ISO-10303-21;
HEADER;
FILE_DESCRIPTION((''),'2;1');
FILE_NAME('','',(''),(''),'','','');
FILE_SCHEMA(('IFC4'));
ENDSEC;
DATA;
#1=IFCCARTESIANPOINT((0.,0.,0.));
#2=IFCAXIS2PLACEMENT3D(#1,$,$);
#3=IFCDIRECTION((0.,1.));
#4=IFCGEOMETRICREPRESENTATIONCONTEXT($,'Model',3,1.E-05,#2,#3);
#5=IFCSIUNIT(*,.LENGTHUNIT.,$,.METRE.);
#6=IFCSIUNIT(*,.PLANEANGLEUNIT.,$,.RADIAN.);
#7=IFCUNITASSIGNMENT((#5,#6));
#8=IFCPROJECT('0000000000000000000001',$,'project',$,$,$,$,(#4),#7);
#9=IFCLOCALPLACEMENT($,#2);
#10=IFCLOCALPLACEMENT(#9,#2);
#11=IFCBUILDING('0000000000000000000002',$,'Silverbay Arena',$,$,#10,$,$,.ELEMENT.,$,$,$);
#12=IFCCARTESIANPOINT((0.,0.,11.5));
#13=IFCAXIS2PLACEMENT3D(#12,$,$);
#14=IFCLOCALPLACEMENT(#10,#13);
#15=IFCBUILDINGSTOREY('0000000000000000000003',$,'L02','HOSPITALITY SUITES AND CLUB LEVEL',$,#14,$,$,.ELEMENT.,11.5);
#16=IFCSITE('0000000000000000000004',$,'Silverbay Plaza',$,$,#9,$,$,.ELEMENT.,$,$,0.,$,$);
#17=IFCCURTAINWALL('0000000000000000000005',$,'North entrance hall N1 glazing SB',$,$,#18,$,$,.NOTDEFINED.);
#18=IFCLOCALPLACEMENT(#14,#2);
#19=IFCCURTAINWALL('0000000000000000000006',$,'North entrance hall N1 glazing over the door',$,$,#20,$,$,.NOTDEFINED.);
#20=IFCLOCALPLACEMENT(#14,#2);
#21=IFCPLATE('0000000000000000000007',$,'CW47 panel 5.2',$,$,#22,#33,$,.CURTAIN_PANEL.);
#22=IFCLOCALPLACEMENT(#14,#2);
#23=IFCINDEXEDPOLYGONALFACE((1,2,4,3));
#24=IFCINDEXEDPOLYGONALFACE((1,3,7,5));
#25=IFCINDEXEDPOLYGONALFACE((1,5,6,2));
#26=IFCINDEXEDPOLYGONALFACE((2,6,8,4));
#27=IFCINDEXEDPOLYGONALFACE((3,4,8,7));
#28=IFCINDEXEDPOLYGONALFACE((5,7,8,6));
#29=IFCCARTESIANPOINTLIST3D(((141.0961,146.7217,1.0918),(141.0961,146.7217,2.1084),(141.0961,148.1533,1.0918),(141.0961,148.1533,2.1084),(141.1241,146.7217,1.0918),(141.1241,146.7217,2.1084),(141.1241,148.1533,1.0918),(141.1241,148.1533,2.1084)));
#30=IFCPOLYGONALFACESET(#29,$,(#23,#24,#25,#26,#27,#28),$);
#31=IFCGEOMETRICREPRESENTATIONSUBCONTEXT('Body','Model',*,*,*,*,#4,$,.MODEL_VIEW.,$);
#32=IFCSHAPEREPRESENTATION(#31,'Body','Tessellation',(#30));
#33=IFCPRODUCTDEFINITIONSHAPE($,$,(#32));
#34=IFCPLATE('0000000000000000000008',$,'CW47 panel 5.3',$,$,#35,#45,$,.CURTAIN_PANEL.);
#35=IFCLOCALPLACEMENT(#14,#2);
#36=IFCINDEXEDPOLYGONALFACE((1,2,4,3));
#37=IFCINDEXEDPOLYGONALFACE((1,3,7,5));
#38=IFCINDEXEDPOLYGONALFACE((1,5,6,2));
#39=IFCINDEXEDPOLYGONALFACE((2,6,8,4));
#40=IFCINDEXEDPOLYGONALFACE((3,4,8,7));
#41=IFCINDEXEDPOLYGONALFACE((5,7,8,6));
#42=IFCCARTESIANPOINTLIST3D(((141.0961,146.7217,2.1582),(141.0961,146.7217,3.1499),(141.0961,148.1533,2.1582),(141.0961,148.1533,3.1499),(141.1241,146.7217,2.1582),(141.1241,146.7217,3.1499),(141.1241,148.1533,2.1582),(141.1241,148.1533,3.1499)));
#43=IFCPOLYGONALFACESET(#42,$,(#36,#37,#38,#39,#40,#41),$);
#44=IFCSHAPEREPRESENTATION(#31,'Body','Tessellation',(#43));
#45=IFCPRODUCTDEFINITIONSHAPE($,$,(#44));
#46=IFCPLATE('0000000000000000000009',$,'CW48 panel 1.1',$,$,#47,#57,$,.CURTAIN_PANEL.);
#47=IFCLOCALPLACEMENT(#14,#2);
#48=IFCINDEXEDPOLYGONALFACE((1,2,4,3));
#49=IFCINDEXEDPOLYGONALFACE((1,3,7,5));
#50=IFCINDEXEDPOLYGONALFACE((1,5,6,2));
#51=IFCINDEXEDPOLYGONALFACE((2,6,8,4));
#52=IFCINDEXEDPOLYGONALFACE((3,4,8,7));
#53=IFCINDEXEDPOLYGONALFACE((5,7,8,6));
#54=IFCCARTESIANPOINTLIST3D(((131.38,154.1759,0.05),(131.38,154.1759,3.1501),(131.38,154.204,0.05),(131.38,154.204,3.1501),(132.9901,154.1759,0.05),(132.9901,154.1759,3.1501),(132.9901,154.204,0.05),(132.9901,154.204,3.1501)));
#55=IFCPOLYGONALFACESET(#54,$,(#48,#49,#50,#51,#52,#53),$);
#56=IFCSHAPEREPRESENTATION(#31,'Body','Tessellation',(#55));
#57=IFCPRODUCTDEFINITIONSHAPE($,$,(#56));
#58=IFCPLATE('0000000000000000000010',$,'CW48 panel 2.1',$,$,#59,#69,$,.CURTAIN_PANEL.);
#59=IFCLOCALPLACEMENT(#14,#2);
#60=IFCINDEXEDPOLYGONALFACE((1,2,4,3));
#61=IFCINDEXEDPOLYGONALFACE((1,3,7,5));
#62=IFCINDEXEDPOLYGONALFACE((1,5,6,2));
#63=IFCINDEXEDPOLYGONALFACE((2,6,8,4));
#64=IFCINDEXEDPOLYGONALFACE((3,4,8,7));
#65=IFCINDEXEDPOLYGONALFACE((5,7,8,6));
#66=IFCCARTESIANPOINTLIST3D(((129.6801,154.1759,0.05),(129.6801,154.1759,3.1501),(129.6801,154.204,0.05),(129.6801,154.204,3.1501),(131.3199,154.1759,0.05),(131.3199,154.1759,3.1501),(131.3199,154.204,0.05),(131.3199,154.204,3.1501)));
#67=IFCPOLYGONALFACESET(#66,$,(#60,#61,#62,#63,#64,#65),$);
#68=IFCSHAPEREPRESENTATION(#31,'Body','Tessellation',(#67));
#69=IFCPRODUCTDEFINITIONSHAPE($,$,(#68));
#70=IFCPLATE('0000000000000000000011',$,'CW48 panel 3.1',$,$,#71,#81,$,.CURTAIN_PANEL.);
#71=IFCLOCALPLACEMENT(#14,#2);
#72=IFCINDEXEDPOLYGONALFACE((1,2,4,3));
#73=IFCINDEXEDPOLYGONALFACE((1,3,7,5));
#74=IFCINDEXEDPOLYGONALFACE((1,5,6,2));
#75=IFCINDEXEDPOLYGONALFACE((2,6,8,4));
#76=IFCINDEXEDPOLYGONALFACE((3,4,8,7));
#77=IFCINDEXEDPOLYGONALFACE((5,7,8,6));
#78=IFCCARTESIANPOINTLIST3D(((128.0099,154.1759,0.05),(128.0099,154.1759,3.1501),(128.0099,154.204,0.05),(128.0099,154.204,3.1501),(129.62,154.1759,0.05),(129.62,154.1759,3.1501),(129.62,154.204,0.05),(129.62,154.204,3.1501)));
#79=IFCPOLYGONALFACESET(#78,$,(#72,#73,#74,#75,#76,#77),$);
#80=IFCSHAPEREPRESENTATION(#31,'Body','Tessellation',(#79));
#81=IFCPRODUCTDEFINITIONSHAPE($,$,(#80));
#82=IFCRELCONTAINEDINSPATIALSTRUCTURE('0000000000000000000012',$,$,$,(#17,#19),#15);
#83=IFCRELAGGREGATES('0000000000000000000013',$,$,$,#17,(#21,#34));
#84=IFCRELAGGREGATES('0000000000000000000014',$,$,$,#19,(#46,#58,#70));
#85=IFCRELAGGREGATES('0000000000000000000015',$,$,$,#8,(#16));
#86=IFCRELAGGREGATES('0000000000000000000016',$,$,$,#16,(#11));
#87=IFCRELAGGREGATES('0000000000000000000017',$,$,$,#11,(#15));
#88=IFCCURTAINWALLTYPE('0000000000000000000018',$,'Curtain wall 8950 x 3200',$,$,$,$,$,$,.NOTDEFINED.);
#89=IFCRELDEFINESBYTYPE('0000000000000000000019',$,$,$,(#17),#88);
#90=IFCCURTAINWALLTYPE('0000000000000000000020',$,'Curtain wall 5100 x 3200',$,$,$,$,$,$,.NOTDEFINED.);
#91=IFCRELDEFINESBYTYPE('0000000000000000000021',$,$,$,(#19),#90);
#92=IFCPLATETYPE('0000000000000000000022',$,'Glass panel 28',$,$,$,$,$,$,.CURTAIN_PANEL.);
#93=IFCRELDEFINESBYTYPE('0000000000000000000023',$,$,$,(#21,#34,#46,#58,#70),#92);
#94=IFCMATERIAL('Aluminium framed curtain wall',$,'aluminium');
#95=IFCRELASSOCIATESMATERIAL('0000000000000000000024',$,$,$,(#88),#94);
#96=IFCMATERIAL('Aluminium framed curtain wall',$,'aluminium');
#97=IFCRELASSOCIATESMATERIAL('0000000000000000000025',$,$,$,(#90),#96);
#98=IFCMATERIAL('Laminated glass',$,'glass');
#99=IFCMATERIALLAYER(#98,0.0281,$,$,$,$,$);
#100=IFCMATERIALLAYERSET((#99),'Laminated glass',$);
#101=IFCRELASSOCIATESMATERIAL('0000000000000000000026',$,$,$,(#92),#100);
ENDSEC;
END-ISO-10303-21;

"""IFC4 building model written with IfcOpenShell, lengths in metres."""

from ifc_helpers import new_model, si_unit, direction, frame, origin, origin_2d, place, context, subcontext, project, spatial, rectangle, extrude, material, layer, layer_set, type_object, element, aggregate, save


model = new_model("IFC4")

# Units and contexts
model_context = context("Model", 3, precision=1e-05, world=origin(), true_north=direction((0.0, 1.0)))
body_context = subcontext(model_context, "Body", "Model", "MODEL_VIEW")
ifc_project = project(units=[si_unit("LENGTHUNIT", "METRE"), si_unit("PLANEANGLEUNIT", "RADIAN")], contexts=[model_context])

# Site, building, storey
site_placement = place(None, origin())
site = spatial("IfcSite", under=ifc_project, at=site_placement, Name="Silverbay Plaza", CompositionType="ELEMENT", RefElevation=0.0)
building_placement = place(site_placement, origin())
building = spatial("IfcBuilding", under=site, at=building_placement, Name="Silverbay Arena", CompositionType="ELEMENT")
storey_placement = place(building_placement, frame((0.0, 0.0, 11.5)))
storey = spatial("IfcBuildingStorey", under=building, at=storey_placement, Name="L02", Description="HOSPITALITY SUITES AND CLUB LEVEL", CompositionType="ELEMENT", Elevation=11.5)

# Curtain walls
ifc_material_1 = material(Name="Aluminium framed curtain wall", Category="aluminium")
curtain_wall_type_1 = type_object("IfcCurtainWallType", Name="Curtain wall 8950 x 3200", PredefinedType="NOTDEFINED", material=ifc_material_1)
curtain_wall_1_placement = place(storey_placement, origin())
curtain_wall_1 = element("IfcCurtainWall", 1, at=curtain_wall_1_placement, inside=storey, type_object=curtain_wall_type_1, Name="North entrance hall N1 glazing SB", PredefinedType="NOTDEFINED")
ifc_material_2 = material(Name="Aluminium framed curtain wall", Category="aluminium")
curtain_wall_type_2 = type_object("IfcCurtainWallType", Name="Curtain wall 5100 x 3200", PredefinedType="NOTDEFINED", material=ifc_material_2)
curtain_wall_2_placement = place(storey_placement, origin())
curtain_wall_2 = element("IfcCurtainWall", 2, at=curtain_wall_2_placement, inside=storey, type_object=curtain_wall_type_2, Name="North entrance hall N1 glazing over the door", PredefinedType="NOTDEFINED")

# Plates
ifc_material_3 = material(Name="Laminated glass", Category="glass")
ifc_layer = layer(ifc_material_3, 0.0281)
ifc_layer_set = layer_set([ifc_layer], Name="Laminated glass")
plate_type = type_object("IfcPlateType", Name="Glass panel 28", PredefinedType="CURTAIN_PANEL", material=ifc_layer_set)
plate_1_placement = place(storey_placement, frame((141.1101, 147.4375, 1.0918), z_axis=(0.0, 0.0, 1.0), x_axis=(0.0, -1.0, 0.0)))
plate_1 = element("IfcPlate", 3, at=plate_1_placement, type_object=plate_type, Name="CW47 panel 5.2", PredefinedType="CURTAIN_PANEL", context=body_context, shape_type="SweptSolid", body=[
    extrude(rectangle(XDim=1.4316, YDim=0.0281, at=origin_2d()), origin(), (0.0, 0.0, 1.0), 1.0166),
])
plate_2_placement = place(storey_placement, frame((141.1101, 147.4375, 2.1582), z_axis=(0.0, 0.0, 1.0), x_axis=(0.0, -1.0, 0.0)))
plate_2 = element("IfcPlate", 4, at=plate_2_placement, type_object=plate_type, Name="CW47 panel 5.3", PredefinedType="CURTAIN_PANEL", context=body_context, shape_type="SweptSolid", body=[
    extrude(rectangle(XDim=1.4316, YDim=0.0281, at=origin_2d()), origin(), (0.0, 0.0, 1.0), 0.9917),
])
aggregate(curtain_wall_1, [plate_1, plate_2])
plate_3_placement = place(storey_placement, frame((132.1851, 154.1899, 0.05), z_axis=(0.0, 0.0, 1.0), x_axis=(-1.0, 0.0, 0.0)))
plate_3 = element("IfcPlate", 5, at=plate_3_placement, type_object=plate_type, Name="CW48 panel 1.1", PredefinedType="CURTAIN_PANEL", context=body_context, shape_type="SweptSolid", body=[
    extrude(rectangle(XDim=1.6101, YDim=0.0281, at=origin_2d()), origin(), (0.0, 0.0, 1.0), 3.1001),
])
plate_4_placement = place(storey_placement, frame((130.5, 154.1899, 0.05), z_axis=(0.0, 0.0, 1.0), x_axis=(-1.0, 0.0, 0.0)))
plate_4 = element("IfcPlate", 6, at=plate_4_placement, type_object=plate_type, Name="CW48 panel 2.1", PredefinedType="CURTAIN_PANEL", context=body_context, shape_type="SweptSolid", body=[
    extrude(rectangle(XDim=1.6399, YDim=0.0281, at=origin_2d()), origin(), (0.0, 0.0, 1.0), 3.1001),
])
plate_5_placement = place(storey_placement, frame((128.8149, 154.1899, 0.05), z_axis=(0.0, 0.0, 1.0), x_axis=(-1.0, 0.0, 0.0)))
plate_5 = element("IfcPlate", 7, at=plate_5_placement, type_object=plate_type, Name="CW48 panel 3.1", PredefinedType="CURTAIN_PANEL", context=body_context, shape_type="SweptSolid", body=[
    extrude(rectangle(XDim=1.6101, YDim=0.0281, at=origin_2d()), origin(), (0.0, 0.0, 1.0), 3.1001),
])
aggregate(curtain_wall_2, [plate_3, plate_4, plate_5])

save(model, "model.ifc")
